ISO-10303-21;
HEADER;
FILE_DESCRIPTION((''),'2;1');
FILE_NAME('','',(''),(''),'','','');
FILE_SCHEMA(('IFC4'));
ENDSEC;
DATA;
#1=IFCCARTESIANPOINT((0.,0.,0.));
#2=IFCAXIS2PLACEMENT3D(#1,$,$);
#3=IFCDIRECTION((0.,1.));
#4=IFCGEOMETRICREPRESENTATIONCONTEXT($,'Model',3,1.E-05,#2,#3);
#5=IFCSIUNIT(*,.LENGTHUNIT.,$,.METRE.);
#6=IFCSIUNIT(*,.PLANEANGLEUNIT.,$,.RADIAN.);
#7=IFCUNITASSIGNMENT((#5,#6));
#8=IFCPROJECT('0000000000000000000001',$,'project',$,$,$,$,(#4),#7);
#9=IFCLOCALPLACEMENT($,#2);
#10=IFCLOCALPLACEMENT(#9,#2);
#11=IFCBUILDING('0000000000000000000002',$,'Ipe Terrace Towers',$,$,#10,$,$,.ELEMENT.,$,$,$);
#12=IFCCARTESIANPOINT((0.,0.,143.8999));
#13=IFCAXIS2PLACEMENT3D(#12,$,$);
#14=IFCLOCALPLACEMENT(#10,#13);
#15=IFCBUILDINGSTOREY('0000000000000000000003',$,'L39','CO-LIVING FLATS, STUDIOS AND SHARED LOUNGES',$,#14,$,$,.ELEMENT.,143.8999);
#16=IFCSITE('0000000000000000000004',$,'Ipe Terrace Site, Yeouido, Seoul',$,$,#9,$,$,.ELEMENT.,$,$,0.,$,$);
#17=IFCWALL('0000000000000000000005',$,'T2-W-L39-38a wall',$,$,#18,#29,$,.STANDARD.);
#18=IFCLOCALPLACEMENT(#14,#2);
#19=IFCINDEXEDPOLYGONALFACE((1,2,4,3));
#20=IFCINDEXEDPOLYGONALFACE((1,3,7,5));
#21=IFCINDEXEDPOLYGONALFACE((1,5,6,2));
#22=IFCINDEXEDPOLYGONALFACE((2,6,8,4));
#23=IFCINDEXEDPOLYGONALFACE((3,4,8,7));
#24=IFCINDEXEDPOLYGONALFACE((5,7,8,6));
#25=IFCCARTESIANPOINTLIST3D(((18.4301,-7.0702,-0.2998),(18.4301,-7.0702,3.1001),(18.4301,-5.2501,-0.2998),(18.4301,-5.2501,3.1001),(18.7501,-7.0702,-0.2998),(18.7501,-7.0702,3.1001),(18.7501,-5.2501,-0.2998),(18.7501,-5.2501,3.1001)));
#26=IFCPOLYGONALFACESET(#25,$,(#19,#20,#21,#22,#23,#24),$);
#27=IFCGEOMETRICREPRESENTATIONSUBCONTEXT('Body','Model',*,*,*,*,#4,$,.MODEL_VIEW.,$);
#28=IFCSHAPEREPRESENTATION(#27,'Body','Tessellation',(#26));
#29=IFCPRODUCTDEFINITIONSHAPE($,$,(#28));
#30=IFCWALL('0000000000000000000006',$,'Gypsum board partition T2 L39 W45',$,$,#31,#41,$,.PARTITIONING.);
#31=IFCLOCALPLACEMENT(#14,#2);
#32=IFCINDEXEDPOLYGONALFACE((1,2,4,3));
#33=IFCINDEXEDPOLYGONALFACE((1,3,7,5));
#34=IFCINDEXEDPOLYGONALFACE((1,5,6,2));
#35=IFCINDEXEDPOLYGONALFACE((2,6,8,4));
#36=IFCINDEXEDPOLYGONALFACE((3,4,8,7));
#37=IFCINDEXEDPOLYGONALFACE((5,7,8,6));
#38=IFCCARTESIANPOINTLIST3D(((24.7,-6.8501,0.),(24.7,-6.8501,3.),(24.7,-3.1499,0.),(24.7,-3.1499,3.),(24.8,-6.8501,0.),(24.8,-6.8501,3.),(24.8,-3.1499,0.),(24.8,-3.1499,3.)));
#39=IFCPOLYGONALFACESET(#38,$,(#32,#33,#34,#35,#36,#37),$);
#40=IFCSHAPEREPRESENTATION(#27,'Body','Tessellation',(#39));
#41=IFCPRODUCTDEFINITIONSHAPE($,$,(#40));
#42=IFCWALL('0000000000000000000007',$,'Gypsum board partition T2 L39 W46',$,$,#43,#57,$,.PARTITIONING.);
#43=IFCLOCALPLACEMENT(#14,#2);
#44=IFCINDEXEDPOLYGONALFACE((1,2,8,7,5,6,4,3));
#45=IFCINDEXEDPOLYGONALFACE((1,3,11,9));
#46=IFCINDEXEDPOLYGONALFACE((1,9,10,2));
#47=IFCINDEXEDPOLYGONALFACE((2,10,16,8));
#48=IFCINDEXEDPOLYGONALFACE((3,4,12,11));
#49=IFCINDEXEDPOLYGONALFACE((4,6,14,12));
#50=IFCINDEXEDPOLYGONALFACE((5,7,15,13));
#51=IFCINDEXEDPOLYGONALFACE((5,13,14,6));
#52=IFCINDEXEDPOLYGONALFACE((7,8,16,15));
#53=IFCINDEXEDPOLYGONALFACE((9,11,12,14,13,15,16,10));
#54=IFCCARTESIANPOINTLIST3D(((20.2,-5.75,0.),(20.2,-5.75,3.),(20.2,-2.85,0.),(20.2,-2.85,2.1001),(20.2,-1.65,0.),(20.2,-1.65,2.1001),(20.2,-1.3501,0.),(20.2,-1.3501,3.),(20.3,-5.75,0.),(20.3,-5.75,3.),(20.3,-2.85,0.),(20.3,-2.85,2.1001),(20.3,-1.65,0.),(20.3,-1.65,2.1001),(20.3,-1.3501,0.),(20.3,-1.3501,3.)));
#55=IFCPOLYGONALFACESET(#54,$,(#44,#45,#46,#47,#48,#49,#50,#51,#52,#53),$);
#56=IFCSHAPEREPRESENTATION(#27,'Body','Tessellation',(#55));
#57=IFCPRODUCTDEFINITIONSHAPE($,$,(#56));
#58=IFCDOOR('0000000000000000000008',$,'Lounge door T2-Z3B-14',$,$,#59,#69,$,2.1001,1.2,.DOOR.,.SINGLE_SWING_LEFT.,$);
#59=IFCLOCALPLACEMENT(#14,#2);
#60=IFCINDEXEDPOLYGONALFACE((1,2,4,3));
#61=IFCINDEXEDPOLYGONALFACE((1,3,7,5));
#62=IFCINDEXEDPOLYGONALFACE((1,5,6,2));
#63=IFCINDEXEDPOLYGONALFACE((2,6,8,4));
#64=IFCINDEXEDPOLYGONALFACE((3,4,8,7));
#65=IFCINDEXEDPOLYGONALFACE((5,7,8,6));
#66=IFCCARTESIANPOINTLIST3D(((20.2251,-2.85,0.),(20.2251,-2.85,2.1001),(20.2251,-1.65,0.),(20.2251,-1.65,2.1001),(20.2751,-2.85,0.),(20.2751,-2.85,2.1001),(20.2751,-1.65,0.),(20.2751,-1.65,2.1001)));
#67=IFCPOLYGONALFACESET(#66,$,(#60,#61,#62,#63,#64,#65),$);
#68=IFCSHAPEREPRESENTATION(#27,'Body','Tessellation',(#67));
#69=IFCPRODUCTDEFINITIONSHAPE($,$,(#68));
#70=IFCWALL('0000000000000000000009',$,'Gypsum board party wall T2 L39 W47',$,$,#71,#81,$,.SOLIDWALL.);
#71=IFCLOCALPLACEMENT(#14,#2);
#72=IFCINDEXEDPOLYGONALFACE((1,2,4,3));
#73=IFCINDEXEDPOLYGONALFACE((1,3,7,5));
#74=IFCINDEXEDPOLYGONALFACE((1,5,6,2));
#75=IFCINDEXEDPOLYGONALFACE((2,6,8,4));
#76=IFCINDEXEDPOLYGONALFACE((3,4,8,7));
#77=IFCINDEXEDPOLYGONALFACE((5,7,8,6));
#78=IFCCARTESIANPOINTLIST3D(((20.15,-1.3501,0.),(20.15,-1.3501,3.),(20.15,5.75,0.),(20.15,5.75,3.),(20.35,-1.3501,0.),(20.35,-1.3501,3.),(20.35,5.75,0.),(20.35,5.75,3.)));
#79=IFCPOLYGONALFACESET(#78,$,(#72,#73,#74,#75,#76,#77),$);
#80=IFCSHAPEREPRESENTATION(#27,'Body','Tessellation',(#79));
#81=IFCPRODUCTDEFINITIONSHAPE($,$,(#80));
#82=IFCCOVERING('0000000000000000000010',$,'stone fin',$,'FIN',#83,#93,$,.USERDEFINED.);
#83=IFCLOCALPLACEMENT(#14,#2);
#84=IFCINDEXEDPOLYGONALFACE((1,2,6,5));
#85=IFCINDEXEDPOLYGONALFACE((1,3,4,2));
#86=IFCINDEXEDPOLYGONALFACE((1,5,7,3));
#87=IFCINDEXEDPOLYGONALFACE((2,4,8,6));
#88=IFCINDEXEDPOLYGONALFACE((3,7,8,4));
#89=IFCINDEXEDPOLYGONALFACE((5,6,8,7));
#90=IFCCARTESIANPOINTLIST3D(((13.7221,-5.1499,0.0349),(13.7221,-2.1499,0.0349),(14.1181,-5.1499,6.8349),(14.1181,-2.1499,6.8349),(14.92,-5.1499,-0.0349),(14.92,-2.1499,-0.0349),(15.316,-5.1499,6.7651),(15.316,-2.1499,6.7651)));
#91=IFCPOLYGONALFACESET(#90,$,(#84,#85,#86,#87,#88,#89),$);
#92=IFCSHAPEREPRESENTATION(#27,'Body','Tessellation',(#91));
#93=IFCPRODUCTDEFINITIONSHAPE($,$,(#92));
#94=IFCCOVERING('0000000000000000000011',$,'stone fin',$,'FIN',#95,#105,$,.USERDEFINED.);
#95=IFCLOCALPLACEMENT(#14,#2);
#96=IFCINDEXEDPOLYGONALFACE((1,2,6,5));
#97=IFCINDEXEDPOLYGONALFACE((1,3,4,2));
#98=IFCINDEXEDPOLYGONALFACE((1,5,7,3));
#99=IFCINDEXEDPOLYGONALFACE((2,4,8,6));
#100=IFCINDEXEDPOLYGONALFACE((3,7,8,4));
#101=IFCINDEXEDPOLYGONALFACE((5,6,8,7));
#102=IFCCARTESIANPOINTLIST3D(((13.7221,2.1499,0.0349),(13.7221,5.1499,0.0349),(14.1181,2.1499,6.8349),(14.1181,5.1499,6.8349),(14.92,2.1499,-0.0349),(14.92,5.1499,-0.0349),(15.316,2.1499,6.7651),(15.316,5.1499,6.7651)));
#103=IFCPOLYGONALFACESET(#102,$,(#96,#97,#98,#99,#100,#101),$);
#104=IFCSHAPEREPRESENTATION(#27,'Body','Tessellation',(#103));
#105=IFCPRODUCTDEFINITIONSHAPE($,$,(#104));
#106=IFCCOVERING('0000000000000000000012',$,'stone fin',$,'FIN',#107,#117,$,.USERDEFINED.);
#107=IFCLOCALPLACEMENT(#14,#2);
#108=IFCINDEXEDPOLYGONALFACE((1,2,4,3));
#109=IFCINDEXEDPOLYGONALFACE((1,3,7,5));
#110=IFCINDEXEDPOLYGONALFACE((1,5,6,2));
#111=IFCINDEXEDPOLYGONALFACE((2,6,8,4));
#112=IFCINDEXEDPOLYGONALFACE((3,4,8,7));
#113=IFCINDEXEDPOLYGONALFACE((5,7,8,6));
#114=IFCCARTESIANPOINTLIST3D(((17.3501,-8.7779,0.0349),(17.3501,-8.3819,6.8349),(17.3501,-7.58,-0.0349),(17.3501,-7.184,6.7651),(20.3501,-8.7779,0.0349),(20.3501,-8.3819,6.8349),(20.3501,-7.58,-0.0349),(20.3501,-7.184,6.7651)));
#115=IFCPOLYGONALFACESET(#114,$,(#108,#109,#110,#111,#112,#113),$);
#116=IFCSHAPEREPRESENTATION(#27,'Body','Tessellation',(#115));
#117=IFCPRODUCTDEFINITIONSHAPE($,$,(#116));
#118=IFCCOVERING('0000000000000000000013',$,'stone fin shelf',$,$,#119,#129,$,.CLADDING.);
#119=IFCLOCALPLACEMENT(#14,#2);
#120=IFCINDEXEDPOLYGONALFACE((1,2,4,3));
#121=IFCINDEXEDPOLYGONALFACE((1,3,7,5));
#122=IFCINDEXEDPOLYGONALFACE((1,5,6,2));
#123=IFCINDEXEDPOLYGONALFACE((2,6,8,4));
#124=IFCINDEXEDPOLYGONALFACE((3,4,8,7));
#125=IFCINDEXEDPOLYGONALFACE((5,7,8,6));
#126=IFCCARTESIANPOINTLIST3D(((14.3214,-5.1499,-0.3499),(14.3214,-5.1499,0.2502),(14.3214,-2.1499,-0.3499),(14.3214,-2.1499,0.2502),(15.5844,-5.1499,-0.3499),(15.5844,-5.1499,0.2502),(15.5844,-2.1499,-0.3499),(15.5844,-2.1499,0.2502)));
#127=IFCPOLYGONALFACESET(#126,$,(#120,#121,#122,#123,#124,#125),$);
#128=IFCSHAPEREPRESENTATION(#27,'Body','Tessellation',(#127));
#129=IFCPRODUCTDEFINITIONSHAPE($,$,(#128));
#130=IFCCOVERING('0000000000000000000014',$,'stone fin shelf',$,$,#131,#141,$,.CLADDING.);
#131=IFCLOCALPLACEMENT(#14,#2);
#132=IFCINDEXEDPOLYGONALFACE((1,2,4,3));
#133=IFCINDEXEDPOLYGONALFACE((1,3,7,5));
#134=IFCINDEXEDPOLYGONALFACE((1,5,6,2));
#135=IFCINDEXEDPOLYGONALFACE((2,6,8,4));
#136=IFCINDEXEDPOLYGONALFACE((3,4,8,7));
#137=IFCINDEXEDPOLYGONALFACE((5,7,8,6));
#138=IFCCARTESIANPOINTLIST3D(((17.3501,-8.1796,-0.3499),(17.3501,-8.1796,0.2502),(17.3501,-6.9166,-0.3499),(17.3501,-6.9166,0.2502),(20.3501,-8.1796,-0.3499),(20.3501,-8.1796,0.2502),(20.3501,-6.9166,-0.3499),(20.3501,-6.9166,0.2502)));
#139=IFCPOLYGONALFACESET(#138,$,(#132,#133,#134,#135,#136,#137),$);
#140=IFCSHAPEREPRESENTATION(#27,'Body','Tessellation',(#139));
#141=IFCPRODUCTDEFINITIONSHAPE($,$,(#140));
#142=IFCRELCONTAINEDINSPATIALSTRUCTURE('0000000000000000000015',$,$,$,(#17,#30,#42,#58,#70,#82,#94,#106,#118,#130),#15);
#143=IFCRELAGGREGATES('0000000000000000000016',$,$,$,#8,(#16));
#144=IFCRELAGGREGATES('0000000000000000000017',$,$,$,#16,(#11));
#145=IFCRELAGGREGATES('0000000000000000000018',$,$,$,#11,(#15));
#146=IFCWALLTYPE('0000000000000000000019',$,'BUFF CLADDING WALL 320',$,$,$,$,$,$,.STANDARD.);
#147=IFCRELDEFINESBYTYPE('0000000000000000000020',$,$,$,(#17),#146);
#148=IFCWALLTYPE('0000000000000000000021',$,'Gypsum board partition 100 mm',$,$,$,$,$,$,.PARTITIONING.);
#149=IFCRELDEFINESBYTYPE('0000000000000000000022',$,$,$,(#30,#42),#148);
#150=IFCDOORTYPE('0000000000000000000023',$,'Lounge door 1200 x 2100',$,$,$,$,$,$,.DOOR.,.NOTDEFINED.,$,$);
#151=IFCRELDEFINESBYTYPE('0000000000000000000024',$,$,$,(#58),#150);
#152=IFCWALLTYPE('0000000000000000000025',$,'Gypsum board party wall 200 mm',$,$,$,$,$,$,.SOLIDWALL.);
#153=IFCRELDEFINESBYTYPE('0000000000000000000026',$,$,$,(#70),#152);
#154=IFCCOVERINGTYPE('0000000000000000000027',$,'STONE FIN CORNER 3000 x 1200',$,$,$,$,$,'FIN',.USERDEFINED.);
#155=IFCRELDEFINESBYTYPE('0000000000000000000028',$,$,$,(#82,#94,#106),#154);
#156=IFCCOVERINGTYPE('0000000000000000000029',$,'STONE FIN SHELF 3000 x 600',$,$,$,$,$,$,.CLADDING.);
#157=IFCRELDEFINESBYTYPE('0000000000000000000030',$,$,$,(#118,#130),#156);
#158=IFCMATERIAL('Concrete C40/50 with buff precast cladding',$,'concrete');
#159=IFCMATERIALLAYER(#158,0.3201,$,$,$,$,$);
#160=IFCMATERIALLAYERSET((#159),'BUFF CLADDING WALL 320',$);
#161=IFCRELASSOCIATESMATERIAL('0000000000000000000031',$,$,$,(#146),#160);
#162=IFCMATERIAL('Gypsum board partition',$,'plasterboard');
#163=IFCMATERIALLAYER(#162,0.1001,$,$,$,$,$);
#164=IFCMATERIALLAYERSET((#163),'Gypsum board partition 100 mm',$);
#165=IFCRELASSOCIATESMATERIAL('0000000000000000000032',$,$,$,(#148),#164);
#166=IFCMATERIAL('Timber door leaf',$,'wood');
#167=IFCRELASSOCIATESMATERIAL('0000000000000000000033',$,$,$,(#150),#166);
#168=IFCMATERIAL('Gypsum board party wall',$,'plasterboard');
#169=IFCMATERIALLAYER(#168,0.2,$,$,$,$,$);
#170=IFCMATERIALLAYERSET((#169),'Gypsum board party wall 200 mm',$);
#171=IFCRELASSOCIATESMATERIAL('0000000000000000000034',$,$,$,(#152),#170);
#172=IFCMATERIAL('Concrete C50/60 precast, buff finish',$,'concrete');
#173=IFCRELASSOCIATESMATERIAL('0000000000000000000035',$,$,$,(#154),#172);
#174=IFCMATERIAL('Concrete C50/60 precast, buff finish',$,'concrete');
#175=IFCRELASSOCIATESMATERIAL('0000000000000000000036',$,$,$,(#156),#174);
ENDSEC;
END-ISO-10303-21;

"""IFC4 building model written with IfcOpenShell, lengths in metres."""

from ifc_helpers import new_model, si_unit, direction, frame, frame_2d, origin, origin_2d, place, context, subcontext, project, spatial, rectangle, extrude, material, layer, layer_set, material_profile, profile_set, type_object, element, fill, save


model = new_model("IFC4")

# Units and contexts
model_context = context("Model", 3, precision=1e-05, world=origin(), true_north=direction((0.0, 1.0)))
body_context = subcontext(model_context, "Body", "Model", "MODEL_VIEW")
ifc_project = project(units=[si_unit("LENGTHUNIT", "METRE"), si_unit("PLANEANGLEUNIT", "RADIAN")], contexts=[model_context])

# Site, building, storey
site_placement = place(None, origin())
site = spatial("IfcSite", under=ifc_project, at=site_placement, Name="Ipe Terrace Site, Yeouido, Seoul", CompositionType="ELEMENT", RefElevation=0.0)
building_placement = place(site_placement, origin())
building = spatial("IfcBuilding", under=site, at=building_placement, Name="Ipe Terrace Towers", CompositionType="ELEMENT")
storey_placement = place(building_placement, frame((0.0, 0.0, 143.8999)))
storey = spatial("IfcBuildingStorey", under=building, at=storey_placement, Name="L39", Description="CO-LIVING FLATS, STUDIOS AND SHARED LOUNGES", CompositionType="ELEMENT", Elevation=143.8999)

# Walls
ifc_material_1 = material(Name="Concrete C40/50 with buff precast cladding", Category="concrete")
ifc_layer_1 = layer(ifc_material_1, 0.3201)
ifc_layer_set_1 = layer_set([ifc_layer_1], Name="BUFF CLADDING WALL 320")
wall_type_1 = type_object("IfcWallType", Name="BUFF CLADDING WALL 320", PredefinedType="STANDARD", material=ifc_layer_set_1)
wall_1_placement = place(storey_placement, frame((18.5901, -5.25, -0.2998), z_axis=(0.0, 0.0, 1.0), x_axis=(0.0, -1.0, 0.0)))
element("IfcWall", 1, at=wall_1_placement, inside=storey, type_object=wall_type_1, Name="T2-W-L39-38a wall", PredefinedType="STANDARD", context=body_context, shape_type="SweptSolid", body=[
    extrude(rectangle(XDim=1.8201, YDim=0.3201, at=frame_2d((0.9102, 0.0))), origin(), (0.0, 0.0, 1.0), 3.3999),
])
ifc_material_2 = material(Name="Gypsum board partition", Category="plasterboard")
ifc_layer_2 = layer(ifc_material_2, 0.1001)
ifc_layer_set_2 = layer_set([ifc_layer_2], Name="Gypsum board partition 100 mm")
wall_type_2 = type_object("IfcWallType", Name="Gypsum board partition 100 mm", PredefinedType="PARTITIONING", material=ifc_layer_set_2)
wall_2_placement = place(storey_placement, frame((24.75, -6.8501, 0.0), z_axis=(0.0, 0.0, 1.0), x_axis=(0.0, 1.0, 0.0)))
element("IfcWall", 2, at=wall_2_placement, inside=storey, type_object=wall_type_2, Name="Gypsum board partition T2 L39 W45", PredefinedType="PARTITIONING", context=body_context, shape_type="SweptSolid", body=[
    extrude(rectangle(XDim=3.7002, YDim=0.1001, at=frame_2d((1.8501, 0.0))), origin(), (0.0, 0.0, 1.0), 3.0),
])

# Wall, opening, door
wall_3_placement = place(storey_placement, frame((20.25, -5.75, 0.0), z_axis=(0.0, 0.0, 1.0), x_axis=(0.0, 1.0, 0.0)))
wall_3 = element("IfcWall", 3, at=wall_3_placement, inside=storey, type_object=wall_type_2, Name="Gypsum board partition T2 L39 W46", PredefinedType="PARTITIONING", context=body_context, shape_type="SweptSolid", body=[
    extrude(rectangle(XDim=4.3999, YDim=0.1001, at=frame_2d((2.2, 0.0))), origin(), (0.0, 0.0, 1.0), 3.0),
])
opening_placement = place(wall_3_placement, frame((2.8999, 0.0, 0.0)))
opening = element("IfcOpeningElement", 4, at=opening_placement, cuts=wall_3, PredefinedType="OPENING", context=body_context, shape_type="SweptSolid", body=[
    extrude(rectangle(XDim=1.2, YDim=2.1001, at=frame_2d((0.6001, 1.05))), frame((0.0, 0.0601, 0.0), z_axis=(0.0, -1.0, 0.0), x_axis=(1.0, 0.0, 0.0)), (0.0, 0.0, 1.0), 0.1201),
])
ifc_material_3 = material(Name="Timber door leaf", Category="wood")
door_type = type_object("IfcDoorType", Name="Lounge door 1200 x 2100", OperationType="NOTDEFINED", PredefinedType="DOOR", material=ifc_material_3)
door_placement = place(opening_placement, origin())
door = element("IfcDoor", 5, at=door_placement, inside=storey, type_object=door_type, Name="Lounge door T2-Z3B-14", OperationType="SINGLE_SWING_LEFT", OverallHeight=2.1001, OverallWidth=1.2, PredefinedType="DOOR", context=body_context, shape_type="SweptSolid", body=[
    extrude(rectangle(XDim=1.2, YDim=2.1001, at=frame_2d((0.6001, 1.05))), frame((0.0, 0.0249, 0.0), z_axis=(0.0, -1.0, 0.0), x_axis=(1.0, 0.0, 0.0)), (0.0, 0.0, 1.0), 0.05),
])
fill(opening, door)

# Wall
ifc_material_4 = material(Name="Gypsum board party wall", Category="plasterboard")
ifc_layer_3 = layer(ifc_material_4, 0.2)
ifc_layer_set_3 = layer_set([ifc_layer_3], Name="Gypsum board party wall 200 mm")
wall_type_3 = type_object("IfcWallType", Name="Gypsum board party wall 200 mm", PredefinedType="SOLIDWALL", material=ifc_layer_set_3)
wall_4_placement = place(storey_placement, frame((20.25, -1.3501, 0.0), z_axis=(0.0, 0.0, 1.0), x_axis=(0.0, 1.0, 0.0)))
element("IfcWall", 6, at=wall_4_placement, inside=storey, type_object=wall_type_3, Name="Gypsum board party wall T2 L39 W47", PredefinedType="SOLIDWALL", context=body_context, shape_type="SweptSolid", body=[
    extrude(rectangle(XDim=7.1001, YDim=0.2, at=frame_2d((3.55, 0.0))), origin(), (0.0, 0.0, 1.0), 3.0),
])

# Coverings
ifc_material_5 = material(Name="Concrete C50/60 precast, buff finish", Category="concrete")
ifc_material_profile_1 = material_profile(ifc_material_5, rectangle(XDim=3.0, YDim=1.2, at=origin_2d()), Name="STONE FIN CORNER 3000 x 1200")
ifc_profile_set_1 = profile_set([ifc_material_profile_1], Name="Concrete C50/60 precast, buff finish")
covering_type_1 = type_object("IfcCoveringType", Name="STONE FIN CORNER 3000 x 1200", ElementType="FIN", PredefinedType="USERDEFINED", material=ifc_profile_set_1)
for number, where, z_axis, x_axis, name in (
    (7, (14.321, -3.6499, 0.0), (0.058136, 0.0, 0.998309), (0.0, -1.0, 0.0), "stone fin"),
    (8, (14.321, 3.6499, 0.0), (0.058136, 0.0, 0.998309), (0.0, -1.0, 0.0), "stone fin"),
    (9, (18.8501, -8.179, 0.0), (0.0, 0.058136, 0.998309), (1.0, 0.0, 0.0), "stone fin"),
):
    element("IfcCovering", number, at=place(storey_placement, frame(where, z_axis=z_axis, x_axis=x_axis)), inside=storey, type_object=covering_type_1, Name=name, ObjectType="FIN", PredefinedType="USERDEFINED", context=body_context, shape_type="SweptSolid", body=[
        extrude(rectangle(XDim=3.0, YDim=1.2, at=origin_2d()), origin(), (0.0, 0.0, 1.0), 6.8115),
    ])
ifc_material_6 = material(Name="Concrete C50/60 precast, buff finish", Category="concrete")
covering_type_2 = type_object("IfcCoveringType", Name="STONE FIN SHELF 3000 x 600", PredefinedType="CLADDING", material=ifc_material_6)
for number, where, z_axis, x_axis, name in (
    (10, (14.9529, -3.6499, -0.3499), (0.0, 0.0, 1.0), (0.0, -1.0, 0.0), "stone fin shelf"),
    (11, (18.8501, -7.5481, -0.3499), (0.0, 0.0, 1.0), (1.0, 0.0, 0.0), "stone fin shelf"),
):
    element("IfcCovering", number, at=place(storey_placement, frame(where, z_axis=z_axis, x_axis=x_axis)), inside=storey, type_object=covering_type_2, Name=name, PredefinedType="CLADDING", context=body_context, shape_type="SweptSolid", body=[
        extrude(rectangle(XDim=3.0, YDim=1.2629, at=origin_2d()), origin(), (0.0, 0.0, 1.0), 0.6001),
    ])

save(model, "model.ifc")
